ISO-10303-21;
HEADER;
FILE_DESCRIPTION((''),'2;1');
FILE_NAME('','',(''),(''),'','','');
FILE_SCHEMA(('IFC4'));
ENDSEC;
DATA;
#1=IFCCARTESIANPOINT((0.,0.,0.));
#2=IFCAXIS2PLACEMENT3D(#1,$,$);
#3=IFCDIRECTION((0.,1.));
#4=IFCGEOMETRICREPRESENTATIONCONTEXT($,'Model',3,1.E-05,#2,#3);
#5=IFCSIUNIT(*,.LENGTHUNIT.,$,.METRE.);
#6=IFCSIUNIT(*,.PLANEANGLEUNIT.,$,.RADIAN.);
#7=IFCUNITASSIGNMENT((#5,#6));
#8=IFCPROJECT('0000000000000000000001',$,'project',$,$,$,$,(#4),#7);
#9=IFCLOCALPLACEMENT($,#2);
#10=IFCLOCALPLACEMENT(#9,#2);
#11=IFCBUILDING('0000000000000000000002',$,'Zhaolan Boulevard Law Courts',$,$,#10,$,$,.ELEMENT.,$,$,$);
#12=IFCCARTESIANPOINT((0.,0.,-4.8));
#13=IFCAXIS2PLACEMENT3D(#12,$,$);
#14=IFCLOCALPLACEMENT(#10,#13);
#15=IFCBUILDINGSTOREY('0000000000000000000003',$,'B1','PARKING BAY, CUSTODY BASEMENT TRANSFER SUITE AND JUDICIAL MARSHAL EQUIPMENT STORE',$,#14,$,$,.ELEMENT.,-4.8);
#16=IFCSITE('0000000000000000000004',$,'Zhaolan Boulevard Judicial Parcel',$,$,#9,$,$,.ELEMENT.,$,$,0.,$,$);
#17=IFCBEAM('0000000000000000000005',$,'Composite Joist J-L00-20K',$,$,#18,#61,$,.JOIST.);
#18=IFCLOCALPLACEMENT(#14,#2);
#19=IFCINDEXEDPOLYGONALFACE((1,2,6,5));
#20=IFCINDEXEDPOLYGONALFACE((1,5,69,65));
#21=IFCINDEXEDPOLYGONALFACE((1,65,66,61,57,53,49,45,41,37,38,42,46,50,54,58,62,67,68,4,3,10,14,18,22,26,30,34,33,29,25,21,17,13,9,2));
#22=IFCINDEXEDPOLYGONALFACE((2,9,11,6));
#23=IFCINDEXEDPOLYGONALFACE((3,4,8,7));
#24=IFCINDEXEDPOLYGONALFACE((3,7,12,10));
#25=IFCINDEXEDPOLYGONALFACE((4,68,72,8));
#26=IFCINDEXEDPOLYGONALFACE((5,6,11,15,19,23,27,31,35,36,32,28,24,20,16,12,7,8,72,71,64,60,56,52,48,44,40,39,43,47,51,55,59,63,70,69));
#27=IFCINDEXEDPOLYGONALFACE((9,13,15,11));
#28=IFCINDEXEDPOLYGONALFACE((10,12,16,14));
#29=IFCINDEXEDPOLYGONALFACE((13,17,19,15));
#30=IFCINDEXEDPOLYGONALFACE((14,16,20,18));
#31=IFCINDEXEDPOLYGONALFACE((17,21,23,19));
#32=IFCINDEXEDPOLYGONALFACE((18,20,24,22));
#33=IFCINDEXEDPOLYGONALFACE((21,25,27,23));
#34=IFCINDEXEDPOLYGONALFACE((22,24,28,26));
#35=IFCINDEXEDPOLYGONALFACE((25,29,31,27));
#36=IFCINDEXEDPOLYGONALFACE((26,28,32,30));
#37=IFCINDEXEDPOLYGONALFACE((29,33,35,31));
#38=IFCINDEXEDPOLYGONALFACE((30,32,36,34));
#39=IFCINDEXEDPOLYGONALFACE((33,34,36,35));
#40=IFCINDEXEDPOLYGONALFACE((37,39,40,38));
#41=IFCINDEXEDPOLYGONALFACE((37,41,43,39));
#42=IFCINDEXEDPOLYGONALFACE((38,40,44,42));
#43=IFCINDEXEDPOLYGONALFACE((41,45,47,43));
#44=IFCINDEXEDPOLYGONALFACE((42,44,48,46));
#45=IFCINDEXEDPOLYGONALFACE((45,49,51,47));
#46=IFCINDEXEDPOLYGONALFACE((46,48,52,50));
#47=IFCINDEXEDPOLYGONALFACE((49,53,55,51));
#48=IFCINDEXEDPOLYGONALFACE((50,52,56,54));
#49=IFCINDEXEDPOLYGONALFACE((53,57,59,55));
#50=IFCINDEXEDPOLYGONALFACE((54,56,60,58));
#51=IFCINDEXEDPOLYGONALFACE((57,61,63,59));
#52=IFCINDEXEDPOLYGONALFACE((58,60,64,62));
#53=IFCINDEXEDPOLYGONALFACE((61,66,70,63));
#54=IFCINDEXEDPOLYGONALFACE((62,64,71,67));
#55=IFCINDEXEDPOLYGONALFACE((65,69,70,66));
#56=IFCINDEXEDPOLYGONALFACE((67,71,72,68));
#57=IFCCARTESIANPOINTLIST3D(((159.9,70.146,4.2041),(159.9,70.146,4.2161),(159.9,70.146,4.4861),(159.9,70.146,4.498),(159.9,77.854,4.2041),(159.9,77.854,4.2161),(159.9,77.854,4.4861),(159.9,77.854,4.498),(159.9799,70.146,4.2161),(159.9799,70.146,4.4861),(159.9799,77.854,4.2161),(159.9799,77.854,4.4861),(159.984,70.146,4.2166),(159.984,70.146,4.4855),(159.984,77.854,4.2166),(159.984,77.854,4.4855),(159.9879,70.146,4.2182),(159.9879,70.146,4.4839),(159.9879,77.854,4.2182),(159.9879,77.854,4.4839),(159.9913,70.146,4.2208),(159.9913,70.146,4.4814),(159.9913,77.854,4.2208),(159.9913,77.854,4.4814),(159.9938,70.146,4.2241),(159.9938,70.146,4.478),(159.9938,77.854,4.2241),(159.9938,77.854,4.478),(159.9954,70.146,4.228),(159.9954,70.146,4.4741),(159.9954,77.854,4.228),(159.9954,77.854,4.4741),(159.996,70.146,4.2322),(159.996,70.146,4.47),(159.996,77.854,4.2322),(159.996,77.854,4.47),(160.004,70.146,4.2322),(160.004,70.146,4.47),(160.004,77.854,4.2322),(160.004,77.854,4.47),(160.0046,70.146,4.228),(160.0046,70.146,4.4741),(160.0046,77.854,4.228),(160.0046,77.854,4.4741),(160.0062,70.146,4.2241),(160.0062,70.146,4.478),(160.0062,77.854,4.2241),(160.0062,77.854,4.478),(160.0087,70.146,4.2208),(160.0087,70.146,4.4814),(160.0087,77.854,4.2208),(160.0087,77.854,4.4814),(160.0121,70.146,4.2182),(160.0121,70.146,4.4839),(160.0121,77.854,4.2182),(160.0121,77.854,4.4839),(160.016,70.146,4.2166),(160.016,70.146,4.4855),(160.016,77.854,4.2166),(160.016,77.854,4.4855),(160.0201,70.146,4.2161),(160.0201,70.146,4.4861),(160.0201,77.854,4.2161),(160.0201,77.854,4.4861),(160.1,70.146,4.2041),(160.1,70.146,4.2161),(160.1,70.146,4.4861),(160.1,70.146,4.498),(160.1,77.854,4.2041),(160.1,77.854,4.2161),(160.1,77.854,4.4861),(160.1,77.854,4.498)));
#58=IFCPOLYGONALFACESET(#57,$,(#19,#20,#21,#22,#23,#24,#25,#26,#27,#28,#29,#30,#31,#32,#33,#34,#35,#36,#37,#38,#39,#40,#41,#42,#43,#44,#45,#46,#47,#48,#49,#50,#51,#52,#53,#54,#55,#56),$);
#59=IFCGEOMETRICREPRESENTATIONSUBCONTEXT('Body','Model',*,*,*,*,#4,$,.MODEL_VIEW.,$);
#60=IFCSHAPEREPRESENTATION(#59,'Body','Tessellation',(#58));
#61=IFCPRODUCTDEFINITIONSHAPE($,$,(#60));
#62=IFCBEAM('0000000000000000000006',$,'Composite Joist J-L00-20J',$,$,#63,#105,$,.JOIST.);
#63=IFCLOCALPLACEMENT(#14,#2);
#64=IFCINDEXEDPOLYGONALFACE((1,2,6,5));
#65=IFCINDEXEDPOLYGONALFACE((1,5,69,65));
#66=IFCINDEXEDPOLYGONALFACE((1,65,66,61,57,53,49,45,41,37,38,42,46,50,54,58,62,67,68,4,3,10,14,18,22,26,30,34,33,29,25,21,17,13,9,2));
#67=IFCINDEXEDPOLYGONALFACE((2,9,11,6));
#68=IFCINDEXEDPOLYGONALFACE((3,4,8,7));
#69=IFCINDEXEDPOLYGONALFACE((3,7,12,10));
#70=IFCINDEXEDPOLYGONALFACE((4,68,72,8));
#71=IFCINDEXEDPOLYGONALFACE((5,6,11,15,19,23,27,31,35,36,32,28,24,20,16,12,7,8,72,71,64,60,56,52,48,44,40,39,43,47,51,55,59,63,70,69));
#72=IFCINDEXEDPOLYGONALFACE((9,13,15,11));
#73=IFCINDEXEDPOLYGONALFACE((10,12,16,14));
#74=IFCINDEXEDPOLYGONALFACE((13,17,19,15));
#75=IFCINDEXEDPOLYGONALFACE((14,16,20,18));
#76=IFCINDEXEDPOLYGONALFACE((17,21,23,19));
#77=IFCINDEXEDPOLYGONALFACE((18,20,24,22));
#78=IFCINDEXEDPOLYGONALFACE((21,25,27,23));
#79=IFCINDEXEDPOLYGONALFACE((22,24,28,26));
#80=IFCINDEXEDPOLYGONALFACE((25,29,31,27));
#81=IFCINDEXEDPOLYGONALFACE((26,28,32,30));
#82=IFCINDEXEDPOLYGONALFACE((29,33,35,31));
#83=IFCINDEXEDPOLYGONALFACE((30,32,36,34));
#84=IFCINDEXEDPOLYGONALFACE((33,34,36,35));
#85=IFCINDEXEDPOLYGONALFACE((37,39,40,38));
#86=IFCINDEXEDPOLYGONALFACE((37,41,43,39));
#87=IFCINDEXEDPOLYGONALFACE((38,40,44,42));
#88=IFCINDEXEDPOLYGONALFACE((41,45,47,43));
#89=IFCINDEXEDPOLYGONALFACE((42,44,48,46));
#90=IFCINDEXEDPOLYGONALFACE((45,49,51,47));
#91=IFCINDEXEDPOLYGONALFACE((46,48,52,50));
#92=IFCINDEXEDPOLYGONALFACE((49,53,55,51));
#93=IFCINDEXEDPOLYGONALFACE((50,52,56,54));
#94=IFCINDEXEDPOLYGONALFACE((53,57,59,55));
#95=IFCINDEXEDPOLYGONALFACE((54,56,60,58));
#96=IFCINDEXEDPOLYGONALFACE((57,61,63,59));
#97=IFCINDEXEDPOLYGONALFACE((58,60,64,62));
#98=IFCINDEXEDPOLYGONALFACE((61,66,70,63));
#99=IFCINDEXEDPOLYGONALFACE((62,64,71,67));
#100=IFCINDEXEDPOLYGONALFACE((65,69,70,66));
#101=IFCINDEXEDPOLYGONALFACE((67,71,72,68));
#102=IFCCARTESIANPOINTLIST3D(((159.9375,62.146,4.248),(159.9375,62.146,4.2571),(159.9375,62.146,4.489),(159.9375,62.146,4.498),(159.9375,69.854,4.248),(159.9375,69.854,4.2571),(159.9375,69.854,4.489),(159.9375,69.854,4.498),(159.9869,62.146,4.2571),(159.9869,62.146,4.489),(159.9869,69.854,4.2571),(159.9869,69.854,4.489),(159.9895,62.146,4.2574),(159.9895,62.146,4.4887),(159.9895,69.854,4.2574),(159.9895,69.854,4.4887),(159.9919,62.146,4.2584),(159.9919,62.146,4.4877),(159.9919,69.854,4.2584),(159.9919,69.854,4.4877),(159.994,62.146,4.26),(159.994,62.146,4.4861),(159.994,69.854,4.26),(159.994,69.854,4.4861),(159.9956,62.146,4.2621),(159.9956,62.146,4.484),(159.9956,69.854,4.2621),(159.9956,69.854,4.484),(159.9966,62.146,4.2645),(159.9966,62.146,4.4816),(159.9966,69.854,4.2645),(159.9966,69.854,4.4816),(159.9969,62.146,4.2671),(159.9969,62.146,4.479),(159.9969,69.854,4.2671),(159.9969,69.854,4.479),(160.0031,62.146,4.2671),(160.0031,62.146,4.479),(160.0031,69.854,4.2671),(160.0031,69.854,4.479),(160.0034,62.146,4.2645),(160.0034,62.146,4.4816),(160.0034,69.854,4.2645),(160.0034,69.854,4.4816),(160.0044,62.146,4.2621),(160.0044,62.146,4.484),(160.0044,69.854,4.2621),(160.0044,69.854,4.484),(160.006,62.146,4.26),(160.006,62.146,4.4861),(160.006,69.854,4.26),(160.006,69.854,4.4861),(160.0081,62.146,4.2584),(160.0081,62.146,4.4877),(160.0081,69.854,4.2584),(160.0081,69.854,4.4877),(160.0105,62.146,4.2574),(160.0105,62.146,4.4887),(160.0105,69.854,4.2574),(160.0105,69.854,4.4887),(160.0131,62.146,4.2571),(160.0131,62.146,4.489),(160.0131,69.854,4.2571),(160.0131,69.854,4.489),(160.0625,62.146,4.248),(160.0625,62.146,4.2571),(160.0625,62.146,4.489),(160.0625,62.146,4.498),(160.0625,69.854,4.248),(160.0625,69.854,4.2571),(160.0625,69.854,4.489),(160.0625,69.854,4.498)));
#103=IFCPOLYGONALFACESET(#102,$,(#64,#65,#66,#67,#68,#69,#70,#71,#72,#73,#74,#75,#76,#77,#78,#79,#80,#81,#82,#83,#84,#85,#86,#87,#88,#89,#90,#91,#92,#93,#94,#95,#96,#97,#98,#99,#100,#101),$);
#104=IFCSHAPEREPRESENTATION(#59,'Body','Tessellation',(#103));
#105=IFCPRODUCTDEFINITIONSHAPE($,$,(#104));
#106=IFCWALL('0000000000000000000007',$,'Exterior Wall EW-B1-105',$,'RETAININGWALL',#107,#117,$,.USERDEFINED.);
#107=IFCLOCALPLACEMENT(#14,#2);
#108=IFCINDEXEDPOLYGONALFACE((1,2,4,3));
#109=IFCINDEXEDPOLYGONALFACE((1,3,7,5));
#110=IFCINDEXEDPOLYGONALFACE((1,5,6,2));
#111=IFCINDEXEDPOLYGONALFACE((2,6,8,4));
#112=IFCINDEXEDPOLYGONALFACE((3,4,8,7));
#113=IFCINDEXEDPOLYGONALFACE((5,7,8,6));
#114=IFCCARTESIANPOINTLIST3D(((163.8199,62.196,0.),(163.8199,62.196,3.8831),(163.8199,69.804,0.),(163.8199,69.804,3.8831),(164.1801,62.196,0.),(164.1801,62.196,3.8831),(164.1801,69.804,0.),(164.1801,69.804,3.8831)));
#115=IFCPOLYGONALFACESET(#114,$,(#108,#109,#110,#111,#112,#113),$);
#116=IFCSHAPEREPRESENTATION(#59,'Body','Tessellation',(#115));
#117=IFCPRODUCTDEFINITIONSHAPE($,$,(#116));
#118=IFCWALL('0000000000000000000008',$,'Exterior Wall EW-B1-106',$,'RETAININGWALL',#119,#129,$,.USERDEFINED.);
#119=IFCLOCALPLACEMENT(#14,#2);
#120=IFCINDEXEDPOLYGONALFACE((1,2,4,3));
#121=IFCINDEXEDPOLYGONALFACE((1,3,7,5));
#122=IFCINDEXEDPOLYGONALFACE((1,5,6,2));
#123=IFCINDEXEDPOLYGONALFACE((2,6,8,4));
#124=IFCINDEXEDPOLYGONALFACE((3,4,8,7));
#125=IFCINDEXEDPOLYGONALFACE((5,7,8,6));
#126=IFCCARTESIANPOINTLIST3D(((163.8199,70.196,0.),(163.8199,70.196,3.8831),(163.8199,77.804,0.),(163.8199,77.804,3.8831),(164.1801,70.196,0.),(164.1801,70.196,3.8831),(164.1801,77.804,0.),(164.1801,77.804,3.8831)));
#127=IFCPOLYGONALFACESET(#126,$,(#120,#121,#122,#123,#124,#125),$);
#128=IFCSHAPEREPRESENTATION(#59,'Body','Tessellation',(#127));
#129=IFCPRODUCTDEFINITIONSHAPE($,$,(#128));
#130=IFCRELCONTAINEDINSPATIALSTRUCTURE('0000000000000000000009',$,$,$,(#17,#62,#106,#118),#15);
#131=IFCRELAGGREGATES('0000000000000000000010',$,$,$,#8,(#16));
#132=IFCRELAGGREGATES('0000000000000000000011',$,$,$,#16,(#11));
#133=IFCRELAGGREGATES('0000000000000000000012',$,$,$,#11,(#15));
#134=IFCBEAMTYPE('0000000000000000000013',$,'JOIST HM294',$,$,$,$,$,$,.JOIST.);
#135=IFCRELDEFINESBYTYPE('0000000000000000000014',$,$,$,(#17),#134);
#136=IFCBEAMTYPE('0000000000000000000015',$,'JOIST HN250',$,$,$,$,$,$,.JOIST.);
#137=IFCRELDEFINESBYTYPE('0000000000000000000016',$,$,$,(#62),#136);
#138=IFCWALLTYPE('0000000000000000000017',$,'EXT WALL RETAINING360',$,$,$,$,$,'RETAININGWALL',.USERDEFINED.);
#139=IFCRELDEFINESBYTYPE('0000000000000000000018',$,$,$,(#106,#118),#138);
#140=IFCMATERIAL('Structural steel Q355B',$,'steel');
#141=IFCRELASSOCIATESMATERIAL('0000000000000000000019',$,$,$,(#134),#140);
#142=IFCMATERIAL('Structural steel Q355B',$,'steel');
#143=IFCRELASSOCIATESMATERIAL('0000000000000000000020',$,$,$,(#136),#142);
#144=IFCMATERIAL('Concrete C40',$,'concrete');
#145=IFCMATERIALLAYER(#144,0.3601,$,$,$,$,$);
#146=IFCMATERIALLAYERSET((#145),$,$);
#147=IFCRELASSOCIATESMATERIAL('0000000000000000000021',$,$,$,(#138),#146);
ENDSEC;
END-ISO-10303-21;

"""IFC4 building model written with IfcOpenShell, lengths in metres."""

from ifc_helpers import new_model, si_unit, direction, frame, frame_2d, origin, origin_2d, place, context, subcontext, project, spatial, rectangle, i_section, extrude, material, layer, layer_set, material_profile, profile_set, type_object, element, save


model = new_model("IFC4")

# Units and contexts
model_context = context("Model", 3, precision=1e-05, world=origin(), true_north=direction((0.0, 1.0)))
body_context = subcontext(model_context, "Body", "Model", "MODEL_VIEW")
ifc_project = project(units=[si_unit("LENGTHUNIT", "METRE"), si_unit("PLANEANGLEUNIT", "RADIAN")], contexts=[model_context])

# Site, building, storey
site_placement = place(None, origin())
site = spatial("IfcSite", under=ifc_project, at=site_placement, Name="Zhaolan Boulevard Judicial Parcel", CompositionType="ELEMENT", RefElevation=0.0)
building_placement = place(site_placement, origin())
building = spatial("IfcBuilding", under=site, at=building_placement, Name="Zhaolan Boulevard Law Courts", CompositionType="ELEMENT")
storey_placement = place(building_placement, frame((0.0, 0.0, -4.8)))
storey = spatial("IfcBuildingStorey", under=building, at=storey_placement, Name="B1", Description="PARKING BAY, CUSTODY BASEMENT TRANSFER SUITE AND JUDICIAL MARSHAL EQUIPMENT STORE", CompositionType="ELEMENT", Elevation=-4.8)

# Beams
ifc_material_1 = material(Name="Structural steel Q355B", Category="steel")
ifc_material_profile_1 = material_profile(ifc_material_1, i_section(OverallWidth=0.2, OverallDepth=0.2939, WebThickness=0.0081, FlangeThickness=0.012, FilletRadius=0.0161, at=origin_2d()), Name="HM294x200")
ifc_profile_set_1 = profile_set([ifc_material_profile_1], Name="Structural steel Q355B")
beam_type_1 = type_object("IfcBeamType", Name="JOIST HM294", PredefinedType="JOIST", material=ifc_profile_set_1)
beam_1_placement = place(storey_placement, frame((160.0, 70.146, 4.3511), z_axis=(0.0, 1.0, 0.0), x_axis=(-1.0, 0.0, 0.0)))
element("IfcBeam", 1, at=beam_1_placement, inside=storey, type_object=beam_type_1, Name="Composite Joist J-L00-20K", PredefinedType="JOIST", context=body_context, shape_type="SweptSolid", body=[
    extrude(i_section(OverallWidth=0.2, OverallDepth=0.2939, WebThickness=0.0081, FlangeThickness=0.012, FilletRadius=0.0161, at=origin_2d()), origin(), (0.0, 0.0, 1.0), 7.708),
])
ifc_material_2 = material(Name="Structural steel Q355B", Category="steel")
ifc_material_profile_2 = material_profile(ifc_material_2, i_section(OverallWidth=0.125, OverallDepth=0.25, WebThickness=0.0061, FlangeThickness=0.009, FilletRadius=0.01, at=origin_2d()), Name="HN250x125")
ifc_profile_set_2 = profile_set([ifc_material_profile_2], Name="Structural steel Q355B")
beam_type_2 = type_object("IfcBeamType", Name="JOIST HN250", PredefinedType="JOIST", material=ifc_profile_set_2)
beam_2_placement = place(storey_placement, frame((160.0, 62.146, 4.373), z_axis=(0.0, 1.0, 0.0), x_axis=(-1.0, 0.0, 0.0)))
element("IfcBeam", 2, at=beam_2_placement, inside=storey, type_object=beam_type_2, Name="Composite Joist J-L00-20J", PredefinedType="JOIST", context=body_context, shape_type="SweptSolid", body=[
    extrude(i_section(OverallWidth=0.125, OverallDepth=0.25, WebThickness=0.0061, FlangeThickness=0.009, FilletRadius=0.01, at=origin_2d()), origin(), (0.0, 0.0, 1.0), 7.708),
])

# Walls
ifc_material_3 = material(Name="Concrete C40", Category="concrete")
ifc_layer = layer(ifc_material_3, 0.3601)
ifc_layer_set = layer_set([ifc_layer])
wall_type = type_object("IfcWallType", Name="EXT WALL RETAINING360", ElementType="RETAININGWALL", PredefinedType="USERDEFINED", material=ifc_layer_set)
for number, where, z_axis, x_axis, name in (
    (3, (164.0, 62.196, 0.0), (0.0, 0.0, 1.0), (0.0, 1.0, 0.0), "Exterior Wall EW-B1-105"),
    (4, (164.0, 70.196, 0.0), (0.0, 0.0, 1.0), (0.0, 1.0, 0.0), "Exterior Wall EW-B1-106"),
):
    element("IfcWall", number, at=place(storey_placement, frame(where, z_axis=z_axis, x_axis=x_axis)), inside=storey, type_object=wall_type, Name=name, ObjectType="RETAININGWALL", PredefinedType="USERDEFINED", context=body_context, shape_type="SweptSolid", body=[
        extrude(rectangle(XDim=7.6079, YDim=0.3601, at=frame_2d((3.804, 0.0))), origin(), (0.0, 0.0, 1.0), 3.8831),
    ])

save(model, "model.ifc")
